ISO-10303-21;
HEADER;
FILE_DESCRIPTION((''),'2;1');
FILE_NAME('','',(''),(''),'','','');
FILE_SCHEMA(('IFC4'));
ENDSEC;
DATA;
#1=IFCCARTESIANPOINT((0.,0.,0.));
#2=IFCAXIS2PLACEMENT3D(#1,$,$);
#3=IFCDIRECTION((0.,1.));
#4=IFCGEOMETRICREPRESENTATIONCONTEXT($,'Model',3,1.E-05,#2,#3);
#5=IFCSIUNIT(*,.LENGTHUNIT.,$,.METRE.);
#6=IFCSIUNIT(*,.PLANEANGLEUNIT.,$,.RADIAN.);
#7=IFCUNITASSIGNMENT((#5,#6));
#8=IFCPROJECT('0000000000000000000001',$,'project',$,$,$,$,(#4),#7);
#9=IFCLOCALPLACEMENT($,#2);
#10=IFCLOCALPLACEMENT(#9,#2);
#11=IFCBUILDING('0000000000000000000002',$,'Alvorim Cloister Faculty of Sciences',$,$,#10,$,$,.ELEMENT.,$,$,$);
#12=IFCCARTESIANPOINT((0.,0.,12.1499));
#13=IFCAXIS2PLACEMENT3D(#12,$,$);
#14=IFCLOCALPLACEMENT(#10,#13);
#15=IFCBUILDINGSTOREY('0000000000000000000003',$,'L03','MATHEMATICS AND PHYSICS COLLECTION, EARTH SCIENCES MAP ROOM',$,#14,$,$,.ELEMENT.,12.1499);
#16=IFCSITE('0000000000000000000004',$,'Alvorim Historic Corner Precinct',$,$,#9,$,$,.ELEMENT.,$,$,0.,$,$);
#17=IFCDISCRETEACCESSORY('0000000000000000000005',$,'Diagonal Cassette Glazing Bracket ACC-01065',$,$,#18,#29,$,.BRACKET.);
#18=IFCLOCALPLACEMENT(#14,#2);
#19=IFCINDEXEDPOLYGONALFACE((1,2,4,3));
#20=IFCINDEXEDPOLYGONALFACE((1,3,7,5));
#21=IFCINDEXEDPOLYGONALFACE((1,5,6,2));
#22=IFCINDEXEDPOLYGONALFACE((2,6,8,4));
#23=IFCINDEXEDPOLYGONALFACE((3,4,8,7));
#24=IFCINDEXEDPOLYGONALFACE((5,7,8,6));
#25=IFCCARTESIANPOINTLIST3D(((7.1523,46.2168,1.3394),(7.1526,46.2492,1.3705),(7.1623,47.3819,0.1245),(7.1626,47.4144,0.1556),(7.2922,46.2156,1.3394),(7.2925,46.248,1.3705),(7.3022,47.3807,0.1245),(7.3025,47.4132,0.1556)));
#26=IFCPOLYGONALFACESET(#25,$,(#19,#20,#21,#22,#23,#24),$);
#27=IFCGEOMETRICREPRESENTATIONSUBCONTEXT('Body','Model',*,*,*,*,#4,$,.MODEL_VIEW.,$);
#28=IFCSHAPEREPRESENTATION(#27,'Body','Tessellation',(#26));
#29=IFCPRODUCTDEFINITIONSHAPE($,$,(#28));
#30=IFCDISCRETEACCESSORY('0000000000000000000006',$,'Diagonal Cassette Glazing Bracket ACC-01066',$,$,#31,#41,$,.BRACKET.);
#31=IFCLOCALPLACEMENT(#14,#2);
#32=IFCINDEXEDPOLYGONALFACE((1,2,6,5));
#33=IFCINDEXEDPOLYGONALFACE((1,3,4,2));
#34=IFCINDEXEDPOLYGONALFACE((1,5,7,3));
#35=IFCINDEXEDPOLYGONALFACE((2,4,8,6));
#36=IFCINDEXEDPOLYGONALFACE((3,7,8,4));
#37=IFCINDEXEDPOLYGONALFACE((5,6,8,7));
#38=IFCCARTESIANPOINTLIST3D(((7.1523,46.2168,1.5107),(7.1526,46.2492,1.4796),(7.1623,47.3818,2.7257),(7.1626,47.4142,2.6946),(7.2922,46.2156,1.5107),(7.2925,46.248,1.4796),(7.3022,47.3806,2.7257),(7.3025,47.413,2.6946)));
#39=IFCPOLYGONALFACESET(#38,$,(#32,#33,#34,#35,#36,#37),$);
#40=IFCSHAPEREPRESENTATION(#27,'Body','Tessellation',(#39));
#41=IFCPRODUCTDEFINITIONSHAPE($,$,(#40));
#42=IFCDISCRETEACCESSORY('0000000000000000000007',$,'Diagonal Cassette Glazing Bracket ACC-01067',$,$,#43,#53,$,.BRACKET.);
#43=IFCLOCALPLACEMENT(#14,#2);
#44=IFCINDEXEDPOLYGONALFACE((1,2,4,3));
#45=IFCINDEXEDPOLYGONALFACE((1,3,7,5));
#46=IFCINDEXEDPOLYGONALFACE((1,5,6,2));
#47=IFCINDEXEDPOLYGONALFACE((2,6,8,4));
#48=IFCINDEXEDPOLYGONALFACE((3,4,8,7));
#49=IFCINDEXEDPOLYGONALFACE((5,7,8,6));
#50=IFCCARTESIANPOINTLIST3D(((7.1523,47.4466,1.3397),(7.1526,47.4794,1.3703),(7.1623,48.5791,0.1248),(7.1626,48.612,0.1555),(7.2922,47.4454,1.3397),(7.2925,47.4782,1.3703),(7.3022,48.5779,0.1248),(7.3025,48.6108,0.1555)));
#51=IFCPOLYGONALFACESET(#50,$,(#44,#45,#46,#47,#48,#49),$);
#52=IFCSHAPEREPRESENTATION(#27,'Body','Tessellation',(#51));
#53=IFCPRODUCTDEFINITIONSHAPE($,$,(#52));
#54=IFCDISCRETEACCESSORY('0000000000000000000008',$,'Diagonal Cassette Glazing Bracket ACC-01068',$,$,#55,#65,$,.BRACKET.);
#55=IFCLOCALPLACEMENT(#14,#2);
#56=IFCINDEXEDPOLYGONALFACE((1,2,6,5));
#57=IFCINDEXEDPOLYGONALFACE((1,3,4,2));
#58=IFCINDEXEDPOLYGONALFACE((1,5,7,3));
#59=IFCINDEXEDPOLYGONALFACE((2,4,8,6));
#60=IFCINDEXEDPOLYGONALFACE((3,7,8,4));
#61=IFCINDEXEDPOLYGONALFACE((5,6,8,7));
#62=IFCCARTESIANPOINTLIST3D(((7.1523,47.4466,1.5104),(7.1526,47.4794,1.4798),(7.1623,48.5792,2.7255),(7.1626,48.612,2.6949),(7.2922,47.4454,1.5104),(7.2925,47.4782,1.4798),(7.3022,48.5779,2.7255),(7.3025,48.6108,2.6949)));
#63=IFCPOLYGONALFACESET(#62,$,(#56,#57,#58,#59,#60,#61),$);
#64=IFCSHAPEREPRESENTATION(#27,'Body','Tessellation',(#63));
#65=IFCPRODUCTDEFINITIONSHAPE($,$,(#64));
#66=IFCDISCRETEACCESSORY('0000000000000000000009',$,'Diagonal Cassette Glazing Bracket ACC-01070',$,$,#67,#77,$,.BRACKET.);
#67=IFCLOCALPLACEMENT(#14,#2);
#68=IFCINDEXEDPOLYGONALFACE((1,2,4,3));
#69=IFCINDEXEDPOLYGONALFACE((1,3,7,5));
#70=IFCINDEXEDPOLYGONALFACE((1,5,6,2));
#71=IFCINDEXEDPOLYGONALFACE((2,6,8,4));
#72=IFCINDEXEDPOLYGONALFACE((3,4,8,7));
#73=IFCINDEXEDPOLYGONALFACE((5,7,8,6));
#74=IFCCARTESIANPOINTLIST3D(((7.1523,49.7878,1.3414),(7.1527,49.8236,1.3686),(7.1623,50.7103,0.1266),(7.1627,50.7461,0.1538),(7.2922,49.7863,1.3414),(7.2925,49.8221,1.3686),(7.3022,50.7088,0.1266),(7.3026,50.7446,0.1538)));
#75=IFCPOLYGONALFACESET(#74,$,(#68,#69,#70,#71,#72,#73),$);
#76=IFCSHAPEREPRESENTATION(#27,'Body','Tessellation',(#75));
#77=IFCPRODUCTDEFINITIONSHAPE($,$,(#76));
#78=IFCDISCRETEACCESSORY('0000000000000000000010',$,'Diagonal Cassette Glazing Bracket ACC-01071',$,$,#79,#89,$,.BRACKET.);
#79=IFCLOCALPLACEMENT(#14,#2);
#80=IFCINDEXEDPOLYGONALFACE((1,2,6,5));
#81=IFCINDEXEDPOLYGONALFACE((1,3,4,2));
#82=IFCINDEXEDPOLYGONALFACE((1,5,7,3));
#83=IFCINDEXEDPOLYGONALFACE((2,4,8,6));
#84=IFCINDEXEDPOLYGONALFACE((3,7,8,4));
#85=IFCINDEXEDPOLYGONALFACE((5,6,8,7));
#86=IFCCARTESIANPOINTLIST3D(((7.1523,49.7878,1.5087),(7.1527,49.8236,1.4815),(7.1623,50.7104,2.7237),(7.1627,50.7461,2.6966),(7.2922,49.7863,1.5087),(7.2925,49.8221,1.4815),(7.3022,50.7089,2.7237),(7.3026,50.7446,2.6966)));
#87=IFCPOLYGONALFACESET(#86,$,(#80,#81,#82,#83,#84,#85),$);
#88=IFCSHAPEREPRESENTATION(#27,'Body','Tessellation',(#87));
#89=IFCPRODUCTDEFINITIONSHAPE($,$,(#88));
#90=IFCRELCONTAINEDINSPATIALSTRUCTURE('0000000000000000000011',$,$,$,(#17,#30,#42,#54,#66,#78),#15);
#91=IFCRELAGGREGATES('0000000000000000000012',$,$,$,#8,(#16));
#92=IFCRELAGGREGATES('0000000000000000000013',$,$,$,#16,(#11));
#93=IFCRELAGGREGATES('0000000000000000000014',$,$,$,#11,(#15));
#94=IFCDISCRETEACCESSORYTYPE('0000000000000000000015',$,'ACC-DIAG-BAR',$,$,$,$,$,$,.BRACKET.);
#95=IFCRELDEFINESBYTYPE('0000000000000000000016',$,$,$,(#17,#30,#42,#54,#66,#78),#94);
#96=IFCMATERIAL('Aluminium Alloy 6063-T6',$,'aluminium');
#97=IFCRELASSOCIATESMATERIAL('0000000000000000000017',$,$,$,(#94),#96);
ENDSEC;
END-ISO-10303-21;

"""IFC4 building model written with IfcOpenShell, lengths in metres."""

from ifc_helpers import new_model, si_unit, direction, frame, origin, origin_2d, place, context, subcontext, project, spatial, rectangle, extrude, material, type_object, element, save


model = new_model("IFC4")

# Units and contexts
model_context = context("Model", 3, precision=1e-05, world=origin(), true_north=direction((0.0, 1.0)))
body_context = subcontext(model_context, "Body", "Model", "MODEL_VIEW")
ifc_project = project(units=[si_unit("LENGTHUNIT", "METRE"), si_unit("PLANEANGLEUNIT", "RADIAN")], contexts=[model_context])

# Site, building, storey
site_placement = place(None, origin())
site = spatial("IfcSite", under=ifc_project, at=site_placement, Name="Alvorim Historic Corner Precinct", CompositionType="ELEMENT", RefElevation=0.0)
building_placement = place(site_placement, origin())
building = spatial("IfcBuilding", under=site, at=building_placement, Name="Alvorim Cloister Faculty of Sciences", CompositionType="ELEMENT")
storey_placement = place(building_placement, frame((0.0, 0.0, 12.1499)))
storey = spatial("IfcBuildingStorey", under=building, at=storey_placement, Name="L03", Description="MATHEMATICS AND PHYSICS COLLECTION, EARTH SCIENCES MAP ROOM", CompositionType="ELEMENT", Elevation=12.1499)

# Discrete accessories
ifc_material_1 = material(Name="Aluminium Alloy 6063-T6", Category="aluminium")
discrete_accessory_type = type_object("IfcDiscreteAccessoryType", Name="ACC-DIAG-BAR", PredefinedType="BRACKET", material=ifc_material_1)
for number, where, z_axis, x_axis, name in (
    (1, (7.2224, 46.2324, 1.355), (0.005947, 0.692145, -0.721734), (-0.999963, 0.008591, 0.0), "Diagonal Cassette Glazing Bracket ACC-01065"),
    (2, (7.2224, 46.2324, 1.4951), (0.005946, 0.692073, 0.721803), (-0.999963, 0.008591, 0.0), "Diagonal Cassette Glazing Bracket ACC-01066"),
):
    element("IfcDiscreteAccessory", number, at=place(storey_placement, frame(where, z_axis=z_axis, x_axis=x_axis)), inside=storey, type_object=discrete_accessory_type, Name=name, PredefinedType="BRACKET", context=body_context, shape_type="SweptSolid", body=[
        extrude(rectangle(XDim=0.1399, YDim=0.0449, at=origin_2d()), origin(), (0.0, 0.0, 1.0), 1.6833),
    ])
discrete_accessory_1_placement = place(storey_placement, frame((7.2224, 47.4624, 1.355), z_axis=(0.006027, 0.681892, -0.731428), x_axis=(-0.999961, 0.008838, 0.0)))
element("IfcDiscreteAccessory", 3, at=discrete_accessory_1_placement, inside=storey, type_object=discrete_accessory_type, Name="Diagonal Cassette Glazing Bracket ACC-01067", PredefinedType="BRACKET", context=body_context, shape_type="SweptSolid", body=[
    extrude(rectangle(XDim=0.1399, YDim=0.0449, at=origin_2d()), origin(), (0.0, 0.0, 1.0), 1.6609),
])
discrete_accessory_2_placement = place(storey_placement, frame((7.2224, 47.4624, 1.4951), z_axis=(0.006026, 0.681819, 0.731496), x_axis=(-0.999961, 0.008838, 0.0)))
element("IfcDiscreteAccessory", 4, at=discrete_accessory_2_placement, inside=storey, type_object=discrete_accessory_type, Name="Diagonal Cassette Glazing Bracket ACC-01068", PredefinedType="BRACKET", context=body_context, shape_type="SweptSolid", body=[
    extrude(rectangle(XDim=0.1399, YDim=0.0449, at=origin_2d()), origin(), (0.0, 0.0, 1.0), 1.6611),
])
discrete_accessory_3_placement = place(storey_placement, frame((7.2224, 49.8049, 1.355), z_axis=(0.006562, 0.60479, -0.796358), x_axis=(-0.999941, 0.010849, 0.0)))
element("IfcDiscreteAccessory", 5, at=discrete_accessory_3_placement, inside=storey, type_object=discrete_accessory_type, Name="Diagonal Cassette Glazing Bracket ACC-01070", PredefinedType="BRACKET", context=body_context, shape_type="SweptSolid", body=[
    extrude(rectangle(XDim=0.1399, YDim=0.0449, at=origin_2d()), origin(), (0.0, 0.0, 1.0), 1.5254),
])
discrete_accessory_4_placement = place(storey_placement, frame((7.2224, 49.8049, 1.4951), z_axis=(0.006561, 0.604713, 0.796416), x_axis=(-0.999941, 0.010849, 0.0)))
element("IfcDiscreteAccessory", 6, at=discrete_accessory_4_placement, inside=storey, type_object=discrete_accessory_type, Name="Diagonal Cassette Glazing Bracket ACC-01071", PredefinedType="BRACKET", context=body_context, shape_type="SweptSolid", body=[
    extrude(rectangle(XDim=0.1399, YDim=0.0449, at=origin_2d()), origin(), (0.0, 0.0, 1.0), 1.5256),
])

save(model, "model.ifc")
